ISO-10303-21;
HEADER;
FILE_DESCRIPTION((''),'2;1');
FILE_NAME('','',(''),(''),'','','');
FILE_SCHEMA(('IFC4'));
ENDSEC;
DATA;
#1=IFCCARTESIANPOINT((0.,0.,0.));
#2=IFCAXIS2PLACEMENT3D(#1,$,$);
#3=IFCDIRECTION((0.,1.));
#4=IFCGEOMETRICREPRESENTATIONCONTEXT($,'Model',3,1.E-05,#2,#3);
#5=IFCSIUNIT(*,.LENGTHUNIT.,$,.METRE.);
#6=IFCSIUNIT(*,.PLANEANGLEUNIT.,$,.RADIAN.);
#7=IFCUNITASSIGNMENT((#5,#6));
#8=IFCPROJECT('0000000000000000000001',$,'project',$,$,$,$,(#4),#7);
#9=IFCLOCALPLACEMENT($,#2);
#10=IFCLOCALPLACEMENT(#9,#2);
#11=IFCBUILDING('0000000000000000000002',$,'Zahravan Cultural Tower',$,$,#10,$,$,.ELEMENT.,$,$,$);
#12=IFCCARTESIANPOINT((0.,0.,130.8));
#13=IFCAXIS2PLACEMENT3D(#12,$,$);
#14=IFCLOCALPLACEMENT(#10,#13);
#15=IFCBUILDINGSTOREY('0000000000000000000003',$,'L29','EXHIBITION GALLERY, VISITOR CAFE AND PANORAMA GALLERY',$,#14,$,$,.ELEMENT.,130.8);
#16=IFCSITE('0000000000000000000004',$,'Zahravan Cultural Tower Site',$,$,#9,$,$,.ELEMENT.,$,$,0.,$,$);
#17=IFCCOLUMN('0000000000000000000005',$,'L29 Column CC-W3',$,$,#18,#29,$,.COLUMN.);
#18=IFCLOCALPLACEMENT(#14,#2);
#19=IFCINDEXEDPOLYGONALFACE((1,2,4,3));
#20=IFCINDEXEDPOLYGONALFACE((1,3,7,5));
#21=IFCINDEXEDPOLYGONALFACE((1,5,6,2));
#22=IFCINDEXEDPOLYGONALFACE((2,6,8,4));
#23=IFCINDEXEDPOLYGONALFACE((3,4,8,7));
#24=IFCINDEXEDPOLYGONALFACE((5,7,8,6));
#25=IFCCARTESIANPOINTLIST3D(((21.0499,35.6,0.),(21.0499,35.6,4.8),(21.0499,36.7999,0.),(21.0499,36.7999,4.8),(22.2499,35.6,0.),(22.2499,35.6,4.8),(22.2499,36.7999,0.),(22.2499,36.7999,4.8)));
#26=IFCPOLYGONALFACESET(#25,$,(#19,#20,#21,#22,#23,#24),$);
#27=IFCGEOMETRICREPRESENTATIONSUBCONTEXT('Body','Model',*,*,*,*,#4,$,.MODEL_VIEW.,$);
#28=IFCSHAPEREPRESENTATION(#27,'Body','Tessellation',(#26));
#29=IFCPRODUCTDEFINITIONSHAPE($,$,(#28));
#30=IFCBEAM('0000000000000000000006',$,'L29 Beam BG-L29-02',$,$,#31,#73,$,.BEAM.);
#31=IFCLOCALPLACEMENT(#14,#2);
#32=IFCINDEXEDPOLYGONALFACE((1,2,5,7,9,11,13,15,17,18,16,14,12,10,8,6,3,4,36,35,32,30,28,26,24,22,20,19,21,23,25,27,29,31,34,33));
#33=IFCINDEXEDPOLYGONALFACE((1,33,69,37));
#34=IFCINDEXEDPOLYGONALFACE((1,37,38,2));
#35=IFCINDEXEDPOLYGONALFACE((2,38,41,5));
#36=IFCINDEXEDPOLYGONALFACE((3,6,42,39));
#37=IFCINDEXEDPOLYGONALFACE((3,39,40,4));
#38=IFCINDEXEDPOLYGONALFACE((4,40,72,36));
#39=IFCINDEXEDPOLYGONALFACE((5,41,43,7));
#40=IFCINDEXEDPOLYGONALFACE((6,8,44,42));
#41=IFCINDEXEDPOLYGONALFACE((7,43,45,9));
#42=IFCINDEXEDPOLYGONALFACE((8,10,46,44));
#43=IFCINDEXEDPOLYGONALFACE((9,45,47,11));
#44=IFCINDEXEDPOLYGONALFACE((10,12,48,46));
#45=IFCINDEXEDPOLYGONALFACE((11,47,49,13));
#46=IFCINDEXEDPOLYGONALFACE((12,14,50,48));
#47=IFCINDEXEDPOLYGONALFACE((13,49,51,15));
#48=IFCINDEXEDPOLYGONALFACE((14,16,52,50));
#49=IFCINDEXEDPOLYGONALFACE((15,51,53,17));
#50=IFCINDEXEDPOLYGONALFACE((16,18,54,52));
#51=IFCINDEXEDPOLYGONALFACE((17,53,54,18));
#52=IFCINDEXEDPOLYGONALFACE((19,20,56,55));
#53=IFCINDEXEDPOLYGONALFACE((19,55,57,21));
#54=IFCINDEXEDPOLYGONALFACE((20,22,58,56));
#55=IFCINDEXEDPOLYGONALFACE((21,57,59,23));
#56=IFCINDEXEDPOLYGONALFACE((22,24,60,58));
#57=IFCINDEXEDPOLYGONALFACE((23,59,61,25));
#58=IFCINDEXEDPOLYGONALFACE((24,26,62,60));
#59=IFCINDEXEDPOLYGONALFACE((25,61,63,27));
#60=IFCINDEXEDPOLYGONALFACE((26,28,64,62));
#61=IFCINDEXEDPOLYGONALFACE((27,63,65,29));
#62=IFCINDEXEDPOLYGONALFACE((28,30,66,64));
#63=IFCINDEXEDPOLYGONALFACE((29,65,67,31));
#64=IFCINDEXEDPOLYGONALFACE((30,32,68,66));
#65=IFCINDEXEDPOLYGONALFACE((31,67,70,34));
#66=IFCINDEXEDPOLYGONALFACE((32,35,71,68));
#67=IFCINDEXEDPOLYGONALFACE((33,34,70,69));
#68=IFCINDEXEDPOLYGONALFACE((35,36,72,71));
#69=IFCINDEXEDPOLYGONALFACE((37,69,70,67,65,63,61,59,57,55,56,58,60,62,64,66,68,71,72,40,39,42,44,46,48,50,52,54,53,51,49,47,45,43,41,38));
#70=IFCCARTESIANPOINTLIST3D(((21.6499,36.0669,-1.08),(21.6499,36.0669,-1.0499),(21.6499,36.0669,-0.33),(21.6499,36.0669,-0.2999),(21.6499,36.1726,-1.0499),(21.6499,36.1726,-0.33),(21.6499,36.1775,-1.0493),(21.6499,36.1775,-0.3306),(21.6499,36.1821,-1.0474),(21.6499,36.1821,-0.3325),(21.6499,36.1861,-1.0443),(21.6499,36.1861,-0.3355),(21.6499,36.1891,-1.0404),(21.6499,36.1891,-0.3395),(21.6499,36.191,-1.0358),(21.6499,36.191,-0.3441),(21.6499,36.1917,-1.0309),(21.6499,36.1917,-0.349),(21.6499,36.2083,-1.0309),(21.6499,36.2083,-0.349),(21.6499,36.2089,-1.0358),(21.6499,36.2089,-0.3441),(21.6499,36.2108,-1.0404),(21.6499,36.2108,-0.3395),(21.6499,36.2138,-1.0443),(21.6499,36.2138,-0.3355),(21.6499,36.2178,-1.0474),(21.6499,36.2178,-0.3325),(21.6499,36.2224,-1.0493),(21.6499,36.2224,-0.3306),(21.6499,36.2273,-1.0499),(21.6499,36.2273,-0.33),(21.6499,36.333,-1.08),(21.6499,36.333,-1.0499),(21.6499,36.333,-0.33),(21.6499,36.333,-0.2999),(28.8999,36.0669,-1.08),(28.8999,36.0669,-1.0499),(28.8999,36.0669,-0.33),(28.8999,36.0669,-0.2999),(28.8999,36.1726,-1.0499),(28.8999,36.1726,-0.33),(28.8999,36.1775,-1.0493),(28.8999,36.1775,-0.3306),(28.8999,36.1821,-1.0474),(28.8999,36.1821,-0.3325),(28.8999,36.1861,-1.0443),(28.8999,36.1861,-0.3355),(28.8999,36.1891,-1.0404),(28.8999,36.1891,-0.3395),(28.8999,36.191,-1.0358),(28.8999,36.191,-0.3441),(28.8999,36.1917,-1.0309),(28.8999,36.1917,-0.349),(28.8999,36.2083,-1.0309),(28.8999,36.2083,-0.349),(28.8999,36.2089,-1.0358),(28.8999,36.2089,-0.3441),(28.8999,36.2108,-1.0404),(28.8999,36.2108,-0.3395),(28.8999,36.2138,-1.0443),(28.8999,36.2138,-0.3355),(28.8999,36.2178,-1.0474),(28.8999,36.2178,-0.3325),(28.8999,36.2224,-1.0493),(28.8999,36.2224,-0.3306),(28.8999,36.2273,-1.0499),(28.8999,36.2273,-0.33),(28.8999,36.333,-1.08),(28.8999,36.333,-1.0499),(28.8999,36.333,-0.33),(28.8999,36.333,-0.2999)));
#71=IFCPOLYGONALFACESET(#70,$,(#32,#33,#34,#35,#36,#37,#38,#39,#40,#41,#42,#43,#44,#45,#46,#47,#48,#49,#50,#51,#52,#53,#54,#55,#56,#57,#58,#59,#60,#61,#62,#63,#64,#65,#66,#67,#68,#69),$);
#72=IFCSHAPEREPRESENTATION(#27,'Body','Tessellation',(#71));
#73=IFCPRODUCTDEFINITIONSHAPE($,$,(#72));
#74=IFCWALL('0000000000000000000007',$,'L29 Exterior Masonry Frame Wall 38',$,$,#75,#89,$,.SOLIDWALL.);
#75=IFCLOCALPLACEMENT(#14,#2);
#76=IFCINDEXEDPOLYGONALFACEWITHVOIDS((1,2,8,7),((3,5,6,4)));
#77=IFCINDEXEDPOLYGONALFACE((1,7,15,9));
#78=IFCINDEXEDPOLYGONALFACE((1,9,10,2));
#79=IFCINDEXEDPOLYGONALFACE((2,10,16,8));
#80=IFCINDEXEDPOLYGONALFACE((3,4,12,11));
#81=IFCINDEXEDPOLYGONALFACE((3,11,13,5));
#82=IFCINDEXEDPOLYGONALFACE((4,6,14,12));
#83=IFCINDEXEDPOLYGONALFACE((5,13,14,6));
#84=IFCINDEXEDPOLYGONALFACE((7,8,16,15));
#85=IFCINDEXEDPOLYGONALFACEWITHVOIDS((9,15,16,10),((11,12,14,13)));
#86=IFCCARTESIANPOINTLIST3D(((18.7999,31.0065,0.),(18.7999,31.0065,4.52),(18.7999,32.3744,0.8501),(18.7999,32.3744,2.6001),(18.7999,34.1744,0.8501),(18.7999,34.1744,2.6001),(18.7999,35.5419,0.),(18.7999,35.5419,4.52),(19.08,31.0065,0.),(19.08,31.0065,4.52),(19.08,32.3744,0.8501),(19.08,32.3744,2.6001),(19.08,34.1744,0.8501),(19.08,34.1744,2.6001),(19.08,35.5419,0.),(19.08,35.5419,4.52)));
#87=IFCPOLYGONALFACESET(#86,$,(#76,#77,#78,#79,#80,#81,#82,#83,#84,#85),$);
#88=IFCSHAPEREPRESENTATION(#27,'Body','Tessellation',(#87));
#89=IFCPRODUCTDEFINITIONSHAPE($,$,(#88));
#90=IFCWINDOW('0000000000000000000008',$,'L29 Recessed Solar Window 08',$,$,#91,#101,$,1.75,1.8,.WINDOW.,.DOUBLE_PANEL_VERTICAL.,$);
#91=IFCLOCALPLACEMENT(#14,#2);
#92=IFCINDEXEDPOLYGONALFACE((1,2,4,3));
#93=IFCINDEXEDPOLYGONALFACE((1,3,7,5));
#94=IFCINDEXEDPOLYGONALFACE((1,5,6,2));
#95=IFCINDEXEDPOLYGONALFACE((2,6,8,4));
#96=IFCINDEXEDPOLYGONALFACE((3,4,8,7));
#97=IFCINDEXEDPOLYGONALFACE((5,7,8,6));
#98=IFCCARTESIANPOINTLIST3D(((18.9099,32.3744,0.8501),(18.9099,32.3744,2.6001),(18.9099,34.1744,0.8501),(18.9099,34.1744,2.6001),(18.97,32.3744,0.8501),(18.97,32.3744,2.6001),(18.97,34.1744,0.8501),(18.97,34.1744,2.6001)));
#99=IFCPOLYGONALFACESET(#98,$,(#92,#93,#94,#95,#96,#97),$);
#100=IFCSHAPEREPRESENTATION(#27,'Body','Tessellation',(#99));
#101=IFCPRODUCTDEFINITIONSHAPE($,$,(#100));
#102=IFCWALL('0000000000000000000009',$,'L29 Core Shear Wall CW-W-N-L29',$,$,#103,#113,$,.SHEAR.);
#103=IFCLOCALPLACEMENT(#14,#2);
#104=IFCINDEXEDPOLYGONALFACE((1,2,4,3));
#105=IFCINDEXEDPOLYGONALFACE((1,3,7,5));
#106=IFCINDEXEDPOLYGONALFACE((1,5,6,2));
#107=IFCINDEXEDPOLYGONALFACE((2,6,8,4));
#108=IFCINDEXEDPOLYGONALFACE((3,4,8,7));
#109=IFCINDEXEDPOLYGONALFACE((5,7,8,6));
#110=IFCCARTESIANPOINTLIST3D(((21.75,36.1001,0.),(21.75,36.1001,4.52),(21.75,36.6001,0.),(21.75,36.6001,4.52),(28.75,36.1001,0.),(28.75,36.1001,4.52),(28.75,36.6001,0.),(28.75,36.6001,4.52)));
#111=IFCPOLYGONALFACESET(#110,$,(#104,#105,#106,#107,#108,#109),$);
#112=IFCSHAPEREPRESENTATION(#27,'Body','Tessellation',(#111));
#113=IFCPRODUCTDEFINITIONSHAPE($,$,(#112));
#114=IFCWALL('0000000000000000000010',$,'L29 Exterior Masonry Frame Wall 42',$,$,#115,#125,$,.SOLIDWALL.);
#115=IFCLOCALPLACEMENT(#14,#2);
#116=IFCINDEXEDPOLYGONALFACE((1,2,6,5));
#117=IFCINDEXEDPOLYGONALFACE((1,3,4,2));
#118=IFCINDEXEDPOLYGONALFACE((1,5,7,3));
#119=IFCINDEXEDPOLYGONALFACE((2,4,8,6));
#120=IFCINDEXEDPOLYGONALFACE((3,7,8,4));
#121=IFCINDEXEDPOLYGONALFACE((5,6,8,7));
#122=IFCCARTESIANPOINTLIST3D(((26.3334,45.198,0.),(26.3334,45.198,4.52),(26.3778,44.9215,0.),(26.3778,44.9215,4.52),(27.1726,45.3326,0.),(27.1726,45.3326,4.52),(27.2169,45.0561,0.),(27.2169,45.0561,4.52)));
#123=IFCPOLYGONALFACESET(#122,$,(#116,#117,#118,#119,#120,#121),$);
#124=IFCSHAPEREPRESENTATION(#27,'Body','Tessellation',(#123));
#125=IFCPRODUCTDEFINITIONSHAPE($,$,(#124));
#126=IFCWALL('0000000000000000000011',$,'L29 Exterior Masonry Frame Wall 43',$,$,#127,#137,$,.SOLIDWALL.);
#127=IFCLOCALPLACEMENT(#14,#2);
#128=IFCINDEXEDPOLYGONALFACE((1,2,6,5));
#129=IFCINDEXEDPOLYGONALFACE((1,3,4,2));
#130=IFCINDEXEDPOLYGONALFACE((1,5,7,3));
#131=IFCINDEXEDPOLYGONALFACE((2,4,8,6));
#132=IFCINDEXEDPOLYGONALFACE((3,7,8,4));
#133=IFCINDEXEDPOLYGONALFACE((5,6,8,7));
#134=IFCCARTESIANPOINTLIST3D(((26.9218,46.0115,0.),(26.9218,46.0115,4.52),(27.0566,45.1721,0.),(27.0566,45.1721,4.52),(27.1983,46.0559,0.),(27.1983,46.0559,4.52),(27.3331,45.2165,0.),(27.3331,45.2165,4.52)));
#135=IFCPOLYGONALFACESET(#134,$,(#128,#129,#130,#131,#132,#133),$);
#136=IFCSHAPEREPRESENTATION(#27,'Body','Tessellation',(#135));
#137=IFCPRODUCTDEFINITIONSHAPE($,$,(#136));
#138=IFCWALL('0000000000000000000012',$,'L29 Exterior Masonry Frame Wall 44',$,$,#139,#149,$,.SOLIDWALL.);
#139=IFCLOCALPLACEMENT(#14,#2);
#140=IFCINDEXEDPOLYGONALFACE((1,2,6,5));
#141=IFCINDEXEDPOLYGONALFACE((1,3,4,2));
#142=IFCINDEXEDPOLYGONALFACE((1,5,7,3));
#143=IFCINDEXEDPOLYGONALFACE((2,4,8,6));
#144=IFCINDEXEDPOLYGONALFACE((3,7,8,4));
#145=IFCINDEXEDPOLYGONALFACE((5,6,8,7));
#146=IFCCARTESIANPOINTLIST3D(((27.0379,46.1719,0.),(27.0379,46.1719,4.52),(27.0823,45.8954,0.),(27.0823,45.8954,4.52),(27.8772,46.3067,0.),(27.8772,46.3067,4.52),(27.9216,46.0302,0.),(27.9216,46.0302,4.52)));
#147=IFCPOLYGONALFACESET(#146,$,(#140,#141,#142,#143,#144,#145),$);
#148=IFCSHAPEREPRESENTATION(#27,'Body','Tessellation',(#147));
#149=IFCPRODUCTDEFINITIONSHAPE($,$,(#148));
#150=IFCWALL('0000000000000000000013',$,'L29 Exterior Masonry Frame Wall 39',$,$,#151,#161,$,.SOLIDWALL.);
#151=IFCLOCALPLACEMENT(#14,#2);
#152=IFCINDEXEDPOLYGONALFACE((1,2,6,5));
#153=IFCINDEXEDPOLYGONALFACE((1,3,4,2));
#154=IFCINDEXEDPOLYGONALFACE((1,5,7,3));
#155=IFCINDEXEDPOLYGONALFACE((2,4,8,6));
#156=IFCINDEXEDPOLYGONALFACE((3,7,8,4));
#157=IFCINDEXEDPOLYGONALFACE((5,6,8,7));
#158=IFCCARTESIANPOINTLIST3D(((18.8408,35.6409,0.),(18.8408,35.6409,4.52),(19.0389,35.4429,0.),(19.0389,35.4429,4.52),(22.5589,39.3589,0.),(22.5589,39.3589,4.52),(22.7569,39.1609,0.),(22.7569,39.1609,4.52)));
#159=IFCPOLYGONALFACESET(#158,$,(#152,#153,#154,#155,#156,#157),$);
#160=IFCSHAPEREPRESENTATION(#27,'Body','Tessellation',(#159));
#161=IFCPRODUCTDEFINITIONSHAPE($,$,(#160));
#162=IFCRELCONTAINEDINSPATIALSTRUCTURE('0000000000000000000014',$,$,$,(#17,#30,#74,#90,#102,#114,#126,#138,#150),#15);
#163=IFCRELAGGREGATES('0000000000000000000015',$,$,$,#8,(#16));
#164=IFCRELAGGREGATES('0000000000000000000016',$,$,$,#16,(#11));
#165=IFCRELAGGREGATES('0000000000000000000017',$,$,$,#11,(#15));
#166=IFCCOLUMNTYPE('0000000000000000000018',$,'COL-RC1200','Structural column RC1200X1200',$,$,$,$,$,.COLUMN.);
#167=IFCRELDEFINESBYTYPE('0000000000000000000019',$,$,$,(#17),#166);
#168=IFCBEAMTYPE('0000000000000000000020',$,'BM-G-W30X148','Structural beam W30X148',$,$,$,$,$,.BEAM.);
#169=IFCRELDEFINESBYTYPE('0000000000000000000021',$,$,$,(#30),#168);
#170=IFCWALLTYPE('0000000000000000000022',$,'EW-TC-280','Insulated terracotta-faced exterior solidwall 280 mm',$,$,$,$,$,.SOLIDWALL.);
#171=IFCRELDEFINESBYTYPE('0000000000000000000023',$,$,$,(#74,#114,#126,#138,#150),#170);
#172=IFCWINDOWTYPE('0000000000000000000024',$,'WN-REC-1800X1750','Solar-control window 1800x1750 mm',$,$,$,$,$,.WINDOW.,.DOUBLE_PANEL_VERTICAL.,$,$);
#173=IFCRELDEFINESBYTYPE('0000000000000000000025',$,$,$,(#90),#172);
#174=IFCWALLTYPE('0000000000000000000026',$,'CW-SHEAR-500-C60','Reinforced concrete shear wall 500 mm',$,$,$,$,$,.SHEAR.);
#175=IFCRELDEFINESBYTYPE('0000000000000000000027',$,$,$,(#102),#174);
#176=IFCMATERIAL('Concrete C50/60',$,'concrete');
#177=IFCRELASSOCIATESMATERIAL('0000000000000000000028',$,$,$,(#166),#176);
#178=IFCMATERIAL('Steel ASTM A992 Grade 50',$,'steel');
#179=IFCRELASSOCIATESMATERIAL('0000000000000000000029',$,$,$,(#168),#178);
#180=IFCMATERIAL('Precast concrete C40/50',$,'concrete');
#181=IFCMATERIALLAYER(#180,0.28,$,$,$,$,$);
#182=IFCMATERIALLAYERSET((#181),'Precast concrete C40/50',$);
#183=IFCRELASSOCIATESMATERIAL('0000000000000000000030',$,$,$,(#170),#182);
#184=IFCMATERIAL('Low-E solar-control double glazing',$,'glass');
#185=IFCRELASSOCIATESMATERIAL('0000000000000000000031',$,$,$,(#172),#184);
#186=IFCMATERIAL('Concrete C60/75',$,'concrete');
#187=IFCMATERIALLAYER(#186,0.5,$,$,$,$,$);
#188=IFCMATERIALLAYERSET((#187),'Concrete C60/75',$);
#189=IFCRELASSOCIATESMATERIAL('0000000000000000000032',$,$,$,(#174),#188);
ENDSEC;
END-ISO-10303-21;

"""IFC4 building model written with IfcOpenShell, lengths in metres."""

from ifc_helpers import new_model, si_unit, direction, frame, frame_2d, origin, origin_2d, place, context, subcontext, project, spatial, rectangle, i_section, extrude, source, transform, mapped, material, layer, layer_set, material_profile, profile_set, type_object, element, fill, save


model = new_model("IFC4")

# Units and contexts
model_context = context("Model", 3, precision=1e-05, world=origin(), true_north=direction((0.0, 1.0)))
body_context = subcontext(model_context, "Body", "Model", "MODEL_VIEW")
ifc_project = project(units=[si_unit("LENGTHUNIT", "METRE"), si_unit("PLANEANGLEUNIT", "RADIAN")], contexts=[model_context])

# Site, building, storey
site_placement = place(None, origin())
site = spatial("IfcSite", under=ifc_project, at=site_placement, Name="Zahravan Cultural Tower Site", CompositionType="ELEMENT", RefElevation=0.0)
building_placement = place(site_placement, origin())
building = spatial("IfcBuilding", under=site, at=building_placement, Name="Zahravan Cultural Tower", CompositionType="ELEMENT")
storey_placement = place(building_placement, frame((0.0, 0.0, 130.8)))
storey = spatial("IfcBuildingStorey", under=building, at=storey_placement, Name="L29", Description="EXHIBITION GALLERY, VISITOR CAFE AND PANORAMA GALLERY", CompositionType="ELEMENT", Elevation=130.8)

# Column
ifc_material_1 = material(Name="Concrete C50/60", Category="concrete")
ifc_material_profile_1 = material_profile(ifc_material_1, rectangle(XDim=1.2, YDim=1.2, at=origin_2d()), Name="RC1200X1200")
ifc_profile_set_1 = profile_set([ifc_material_profile_1], Name="Concrete C50/60")
column_type = type_object("IfcColumnType", Name="COL-RC1200", Description="Structural column RC1200X1200", PredefinedType="COLUMN", material=ifc_profile_set_1)
shared_shape_1 = source(origin(), body_context, "Body", "SweptSolid", [
    extrude(rectangle(XDim=1.2, YDim=1.2, at=origin_2d()), origin(), (0.0, 0.0, 1.0), 4.8),
])
column_placement = place(storey_placement, frame((21.6499, 36.2, 0.0), z_axis=(0.0, 0.0, 1.0), x_axis=(1.0, 0.0, 0.0)))
element("IfcColumn", 1, at=column_placement, inside=storey, type_object=column_type, Name="L29 Column CC-W3", PredefinedType="COLUMN", context=body_context, shape_type="MappedRepresentation", body=[
    mapped(shared_shape_1, transform((0.0, 0.0, 0.0), x_axis=(1.0, 0.0, 0.0), y_axis=(0.0, 1.0, 0.0), z_axis=(0.0, 0.0, 1.0), scale=1.0)),
])

# Beam
ifc_material_2 = material(Name="Steel ASTM A992 Grade 50", Category="steel")
ifc_material_profile_2 = material_profile(ifc_material_2, i_section(OverallWidth=0.2661, OverallDepth=0.78, WebThickness=0.0166, FlangeThickness=0.03, FilletRadius=0.019, at=origin_2d()), Name="W30X148")
ifc_profile_set_2 = profile_set([ifc_material_profile_2], Name="Steel ASTM A992 Grade 50")
beam_type = type_object("IfcBeamType", Name="BM-G-W30X148", Description="Structural beam W30X148", PredefinedType="BEAM", material=ifc_profile_set_2)
shared_shape_2 = source(origin(), body_context, "Body", "SweptSolid", [
    extrude(i_section(OverallWidth=0.2661, OverallDepth=0.78, WebThickness=0.0166, FlangeThickness=0.03, FilletRadius=0.019, at=origin_2d()), origin(), (0.0, 0.0, 1.0), 7.25),
])
beam_placement = place(storey_placement, frame((21.6499, 36.2, -0.6899), z_axis=(1.0, 0.0, 0.0), x_axis=(0.0, 1.0, 0.0)))
element("IfcBeam", 2, at=beam_placement, inside=storey, type_object=beam_type, Name="L29 Beam BG-L29-02", PredefinedType="BEAM", context=body_context, shape_type="MappedRepresentation", body=[
    mapped(shared_shape_2, transform((0.0, 0.0, 0.0), x_axis=(1.0, 0.0, 0.0), y_axis=(0.0, 1.0, 0.0), z_axis=(0.0, 0.0, 1.0), scale=1.0)),
])

# Wall, opening, window
ifc_material_3 = material(Name="Precast concrete C40/50", Category="concrete")
ifc_layer_1 = layer(ifc_material_3, 0.28)
ifc_layer_set_1 = layer_set([ifc_layer_1], Name="Precast concrete C40/50")
wall_type_1 = type_object("IfcWallType", Name="EW-TC-280", Description="Insulated terracotta-faced exterior solidwall 280 mm", PredefinedType="SOLIDWALL", material=ifc_layer_set_1)
wall_1_placement = place(storey_placement, frame((18.9399, 31.0066, 0.0), z_axis=(0.0, 0.0, 1.0), x_axis=(0.0, 1.0, 0.0)))
wall_1 = element("IfcWall", 3, at=wall_1_placement, inside=storey, type_object=wall_type_1, Name="L29 Exterior Masonry Frame Wall 38", PredefinedType="SOLIDWALL", context=body_context, shape_type="SweptSolid", body=[
    extrude(rectangle(XDim=4.5354, YDim=0.28, at=frame_2d((2.2676, 0.0))), origin(), (0.0, 0.0, 1.0), 4.52),
])
opening_1_placement = place(wall_1_placement, frame((1.3679, 0.0, 0.8501)))
opening_1 = element("IfcOpeningElement", 4, at=opening_1_placement, cuts=wall_1, PredefinedType="OPENING", context=body_context, shape_type="SweptSolid", body=[
    extrude(rectangle(XDim=1.8, YDim=1.75, at=frame_2d((0.8999, 0.875))), frame((0.0, 0.1499, 0.0), z_axis=(0.0, -1.0, 0.0), x_axis=(1.0, 0.0, 0.0)), (0.0, 0.0, 1.0), 0.3),
])
ifc_material_4 = material(Name="Low-E solar-control double glazing", Category="glass")
window_type = type_object("IfcWindowType", Name="WN-REC-1800X1750", Description="Solar-control window 1800x1750 mm", PartitioningType="DOUBLE_PANEL_VERTICAL", PredefinedType="WINDOW", material=ifc_material_4)
shared_shape_3 = source(origin(), body_context, "Body", "SweptSolid", [
    extrude(rectangle(XDim=1.8, YDim=1.75, at=frame_2d((0.8999, 0.875))), frame((0.0, 0.03, 0.0), z_axis=(0.0, -1.0, 0.0), x_axis=(1.0, 0.0, 0.0)), (0.0, 0.0, 1.0), 0.0601),
])
window_placement = place(opening_1_placement, origin())
window = element("IfcWindow", 5, at=window_placement, inside=storey, type_object=window_type, Name="L29 Recessed Solar Window 08", OverallHeight=1.75, OverallWidth=1.8, PartitioningType="DOUBLE_PANEL_VERTICAL", PredefinedType="WINDOW", context=body_context, shape_type="MappedRepresentation", body=[
    mapped(shared_shape_3, transform((0.0, 0.0, 0.0), x_axis=(1.0, 0.0, 0.0), y_axis=(0.0, 1.0, 0.0), z_axis=(0.0, 0.0, 1.0), scale=1.0)),
])
fill(opening_1, window)

# Walls
ifc_material_5 = material(Name="Concrete C60/75", Category="concrete")
ifc_layer_2 = layer(ifc_material_5, 0.5)
ifc_layer_set_2 = layer_set([ifc_layer_2], Name="Concrete C60/75")
wall_type_2 = type_object("IfcWallType", Name="CW-SHEAR-500-C60", Description="Reinforced concrete shear wall 500 mm", PredefinedType="SHEAR", material=ifc_layer_set_2)
shared_shape_4 = source(origin(), body_context, "Body", "SweptSolid", [
    extrude(rectangle(XDim=7.0, YDim=0.5, at=frame_2d((3.5, 0.0))), origin(), (0.0, 0.0, 1.0), 4.52),
])
wall_2_placement = place(storey_placement, frame((21.75, 36.3501, 0.0), z_axis=(0.0, 0.0, 1.0), x_axis=(1.0, 0.0, 0.0)))
element("IfcWall", 6, at=wall_2_placement, inside=storey, type_object=wall_type_2, Name="L29 Core Shear Wall CW-W-N-L29", PredefinedType="SHEAR", context=body_context, shape_type="MappedRepresentation", body=[
    mapped(shared_shape_4, transform((0.0, 0.0, 0.0), x_axis=(1.0, 0.0, 0.0), y_axis=(0.0, 1.0, 0.0), z_axis=(0.0, 0.0, 1.0), scale=1.0)),
])
shared_shape_5 = source(origin(), body_context, "Body", "SweptSolid", [
    extrude(rectangle(XDim=0.8499, YDim=0.28, at=frame_2d((0.4248, 0.0))), origin(), (0.0, 0.0, 1.0), 4.52),
])
wall_3_placement = place(storey_placement, frame((26.3557, 45.0598, 0.0), z_axis=(0.0, 0.0, 1.0), x_axis=(0.987392, 0.158293, 0.0)))
element("IfcWall", 7, at=wall_3_placement, inside=storey, type_object=wall_type_1, Name="L29 Exterior Masonry Frame Wall 42", PredefinedType="SOLIDWALL", context=body_context, shape_type="MappedRepresentation", body=[
    mapped(shared_shape_5, transform((0.0, 0.0, 0.0), x_axis=(1.0, 0.0, 0.0), y_axis=(0.0, 1.0, 0.0), z_axis=(0.0, 0.0, 1.0), scale=1.0)),
])
shared_shape_6 = source(origin(), body_context, "Body", "SweptSolid", [
    extrude(rectangle(XDim=0.8501, YDim=0.28, at=frame_2d((0.425, 0.0))), origin(), (0.0, 0.0, 1.0), 4.52),
])
for number, where, z_axis, x_axis, name in (
    (8, (27.1948, 45.1943, 0.0), (0.0, 0.0, 1.0), (-0.158528, 0.987354, 0.0), "L29 Exterior Masonry Frame Wall 43"),
    (9, (27.0601, 46.0337, 0.0), (0.0, 0.0, 1.0), (0.987354, 0.158528, 0.0), "L29 Exterior Masonry Frame Wall 44"),
):
    element("IfcWall", number, at=place(storey_placement, frame(where, z_axis=z_axis, x_axis=x_axis)), inside=storey, type_object=wall_type_1, Name=name, PredefinedType="SOLIDWALL", context=body_context, shape_type="MappedRepresentation", body=[
        mapped(shared_shape_6, transform((0.0, 0.0, 0.0), x_axis=(1.0, 0.0, 0.0), y_axis=(0.0, 1.0, 0.0), z_axis=(0.0, 0.0, 1.0), scale=1.0)),
    ])
shared_shape_7 = source(origin(), body_context, "Body", "SweptSolid", [
    extrude(rectangle(XDim=5.2581, YDim=0.28, at=frame_2d((2.6289, 0.0))), origin(), (0.0, 0.0, 1.0), 4.52),
])
wall_4_placement = place(storey_placement, frame((18.9399, 35.542, 0.0), z_axis=(0.0, 0.0, 1.0), x_axis=(0.707107, 0.707107, 0.0)))
element("IfcWall", 10, at=wall_4_placement, inside=storey, type_object=wall_type_1, Name="L29 Exterior Masonry Frame Wall 39", PredefinedType="SOLIDWALL", context=body_context, shape_type="MappedRepresentation", body=[
    mapped(shared_shape_7, transform((0.0, 0.0, 0.0), x_axis=(1.0, 0.0, 0.0), y_axis=(0.0, 1.0, 0.0), z_axis=(0.0, 0.0, 1.0), scale=1.0)),
])

save(model, "model.ifc")
